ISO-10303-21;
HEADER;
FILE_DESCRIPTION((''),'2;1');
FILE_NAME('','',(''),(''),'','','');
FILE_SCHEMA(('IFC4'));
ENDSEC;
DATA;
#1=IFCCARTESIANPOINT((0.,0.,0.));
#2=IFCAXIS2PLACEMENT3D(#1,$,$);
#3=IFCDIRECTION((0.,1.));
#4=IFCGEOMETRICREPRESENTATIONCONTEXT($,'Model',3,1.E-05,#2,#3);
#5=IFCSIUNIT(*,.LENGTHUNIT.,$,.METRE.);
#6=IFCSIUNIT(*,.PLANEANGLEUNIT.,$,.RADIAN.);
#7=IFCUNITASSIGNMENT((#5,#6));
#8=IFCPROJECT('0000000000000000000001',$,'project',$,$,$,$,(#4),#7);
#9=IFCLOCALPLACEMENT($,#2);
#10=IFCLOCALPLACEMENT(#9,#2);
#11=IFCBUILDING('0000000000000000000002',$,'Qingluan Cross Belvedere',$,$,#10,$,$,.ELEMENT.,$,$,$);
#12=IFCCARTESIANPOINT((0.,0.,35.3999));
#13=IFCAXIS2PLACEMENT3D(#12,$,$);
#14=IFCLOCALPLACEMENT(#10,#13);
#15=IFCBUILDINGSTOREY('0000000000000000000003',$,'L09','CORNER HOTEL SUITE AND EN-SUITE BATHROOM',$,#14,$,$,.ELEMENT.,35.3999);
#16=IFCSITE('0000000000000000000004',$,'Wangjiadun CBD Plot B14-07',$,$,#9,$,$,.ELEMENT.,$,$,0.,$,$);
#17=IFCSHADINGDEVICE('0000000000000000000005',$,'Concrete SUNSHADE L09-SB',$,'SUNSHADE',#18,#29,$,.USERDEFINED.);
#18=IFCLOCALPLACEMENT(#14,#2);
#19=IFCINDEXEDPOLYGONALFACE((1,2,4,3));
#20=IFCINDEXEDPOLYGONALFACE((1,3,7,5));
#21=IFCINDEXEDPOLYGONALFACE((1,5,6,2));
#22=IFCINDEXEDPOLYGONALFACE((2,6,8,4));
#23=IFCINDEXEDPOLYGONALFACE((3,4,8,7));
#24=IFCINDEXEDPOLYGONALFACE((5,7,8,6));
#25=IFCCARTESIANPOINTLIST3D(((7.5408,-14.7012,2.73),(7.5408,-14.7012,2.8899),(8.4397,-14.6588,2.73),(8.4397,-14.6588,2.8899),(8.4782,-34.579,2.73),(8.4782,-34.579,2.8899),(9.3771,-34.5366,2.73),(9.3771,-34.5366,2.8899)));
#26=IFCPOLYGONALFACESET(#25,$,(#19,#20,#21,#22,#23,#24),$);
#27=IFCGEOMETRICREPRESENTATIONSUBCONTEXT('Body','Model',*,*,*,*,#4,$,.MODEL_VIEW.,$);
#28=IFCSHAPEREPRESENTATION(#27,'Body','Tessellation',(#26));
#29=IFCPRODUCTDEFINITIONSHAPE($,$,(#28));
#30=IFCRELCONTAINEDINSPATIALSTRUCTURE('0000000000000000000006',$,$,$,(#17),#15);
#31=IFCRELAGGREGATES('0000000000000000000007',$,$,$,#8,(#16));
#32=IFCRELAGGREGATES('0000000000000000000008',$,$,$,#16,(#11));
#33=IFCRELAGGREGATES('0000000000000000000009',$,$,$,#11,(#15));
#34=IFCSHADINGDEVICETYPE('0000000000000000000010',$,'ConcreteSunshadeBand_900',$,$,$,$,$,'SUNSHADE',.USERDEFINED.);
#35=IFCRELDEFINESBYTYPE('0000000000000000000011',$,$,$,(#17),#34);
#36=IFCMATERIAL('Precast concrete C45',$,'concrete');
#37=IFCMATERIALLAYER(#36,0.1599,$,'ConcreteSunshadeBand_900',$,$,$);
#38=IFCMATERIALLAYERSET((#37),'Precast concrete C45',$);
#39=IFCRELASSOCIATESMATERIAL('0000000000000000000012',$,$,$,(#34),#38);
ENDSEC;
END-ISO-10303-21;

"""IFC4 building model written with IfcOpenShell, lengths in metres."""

from ifc_helpers import new_model, si_unit, direction, frame, origin, origin_2d, place, context, subcontext, project, spatial, rectangle, extrude, material, layer, layer_set, type_object, element, save


model = new_model("IFC4")

# Units and contexts
model_context = context("Model", 3, precision=1e-05, world=origin(), true_north=direction((0.0, 1.0)))
body_context = subcontext(model_context, "Body", "Model", "MODEL_VIEW")
ifc_project = project(units=[si_unit("LENGTHUNIT", "METRE"), si_unit("PLANEANGLEUNIT", "RADIAN")], contexts=[model_context])

# Site, building, storey
site_placement = place(None, origin())
site = spatial("IfcSite", under=ifc_project, at=site_placement, Name="Wangjiadun CBD Plot B14-07", CompositionType="ELEMENT", RefElevation=0.0)
building_placement = place(site_placement, origin())
building = spatial("IfcBuilding", under=site, at=building_placement, Name="Qingluan Cross Belvedere", CompositionType="ELEMENT")
storey_placement = place(building_placement, frame((0.0, 0.0, 35.3999)))
storey = spatial("IfcBuildingStorey", under=building, at=storey_placement, Name="L09", Description="CORNER HOTEL SUITE AND EN-SUITE BATHROOM", CompositionType="ELEMENT", Elevation=35.3999)

# Shading device
ifc_material_1 = material(Name="Precast concrete C45", Category="concrete")
ifc_layer_1 = layer(ifc_material_1, 0.1599, Name="ConcreteSunshadeBand_900")
ifc_layer_set_1 = layer_set([ifc_layer_1], Name="Precast concrete C45")
shading_device_type = type_object("IfcShadingDeviceType", Name="ConcreteSunshadeBand_900", ElementType="SUNSHADE", PredefinedType="USERDEFINED", material=ifc_layer_set_1)
shading_device_placement = place(storey_placement, frame((8.459, -24.6189, 2.73), z_axis=(0.0, 0.0, 1.0), x_axis=(-0.047105, 0.99889, 0.0)))
element("IfcShadingDevice", 1, at=shading_device_placement, inside=storey, type_object=shading_device_type, Name="Concrete SUNSHADE L09-SB", ObjectType="SUNSHADE", PredefinedType="USERDEFINED", context=body_context, shape_type="SweptSolid", body=[
    extrude(rectangle(XDim=19.8999, YDim=0.8999, at=origin_2d()), origin(), (0.0, 0.0, 1.0), 0.1599),
])

save(model, "model.ifc")
